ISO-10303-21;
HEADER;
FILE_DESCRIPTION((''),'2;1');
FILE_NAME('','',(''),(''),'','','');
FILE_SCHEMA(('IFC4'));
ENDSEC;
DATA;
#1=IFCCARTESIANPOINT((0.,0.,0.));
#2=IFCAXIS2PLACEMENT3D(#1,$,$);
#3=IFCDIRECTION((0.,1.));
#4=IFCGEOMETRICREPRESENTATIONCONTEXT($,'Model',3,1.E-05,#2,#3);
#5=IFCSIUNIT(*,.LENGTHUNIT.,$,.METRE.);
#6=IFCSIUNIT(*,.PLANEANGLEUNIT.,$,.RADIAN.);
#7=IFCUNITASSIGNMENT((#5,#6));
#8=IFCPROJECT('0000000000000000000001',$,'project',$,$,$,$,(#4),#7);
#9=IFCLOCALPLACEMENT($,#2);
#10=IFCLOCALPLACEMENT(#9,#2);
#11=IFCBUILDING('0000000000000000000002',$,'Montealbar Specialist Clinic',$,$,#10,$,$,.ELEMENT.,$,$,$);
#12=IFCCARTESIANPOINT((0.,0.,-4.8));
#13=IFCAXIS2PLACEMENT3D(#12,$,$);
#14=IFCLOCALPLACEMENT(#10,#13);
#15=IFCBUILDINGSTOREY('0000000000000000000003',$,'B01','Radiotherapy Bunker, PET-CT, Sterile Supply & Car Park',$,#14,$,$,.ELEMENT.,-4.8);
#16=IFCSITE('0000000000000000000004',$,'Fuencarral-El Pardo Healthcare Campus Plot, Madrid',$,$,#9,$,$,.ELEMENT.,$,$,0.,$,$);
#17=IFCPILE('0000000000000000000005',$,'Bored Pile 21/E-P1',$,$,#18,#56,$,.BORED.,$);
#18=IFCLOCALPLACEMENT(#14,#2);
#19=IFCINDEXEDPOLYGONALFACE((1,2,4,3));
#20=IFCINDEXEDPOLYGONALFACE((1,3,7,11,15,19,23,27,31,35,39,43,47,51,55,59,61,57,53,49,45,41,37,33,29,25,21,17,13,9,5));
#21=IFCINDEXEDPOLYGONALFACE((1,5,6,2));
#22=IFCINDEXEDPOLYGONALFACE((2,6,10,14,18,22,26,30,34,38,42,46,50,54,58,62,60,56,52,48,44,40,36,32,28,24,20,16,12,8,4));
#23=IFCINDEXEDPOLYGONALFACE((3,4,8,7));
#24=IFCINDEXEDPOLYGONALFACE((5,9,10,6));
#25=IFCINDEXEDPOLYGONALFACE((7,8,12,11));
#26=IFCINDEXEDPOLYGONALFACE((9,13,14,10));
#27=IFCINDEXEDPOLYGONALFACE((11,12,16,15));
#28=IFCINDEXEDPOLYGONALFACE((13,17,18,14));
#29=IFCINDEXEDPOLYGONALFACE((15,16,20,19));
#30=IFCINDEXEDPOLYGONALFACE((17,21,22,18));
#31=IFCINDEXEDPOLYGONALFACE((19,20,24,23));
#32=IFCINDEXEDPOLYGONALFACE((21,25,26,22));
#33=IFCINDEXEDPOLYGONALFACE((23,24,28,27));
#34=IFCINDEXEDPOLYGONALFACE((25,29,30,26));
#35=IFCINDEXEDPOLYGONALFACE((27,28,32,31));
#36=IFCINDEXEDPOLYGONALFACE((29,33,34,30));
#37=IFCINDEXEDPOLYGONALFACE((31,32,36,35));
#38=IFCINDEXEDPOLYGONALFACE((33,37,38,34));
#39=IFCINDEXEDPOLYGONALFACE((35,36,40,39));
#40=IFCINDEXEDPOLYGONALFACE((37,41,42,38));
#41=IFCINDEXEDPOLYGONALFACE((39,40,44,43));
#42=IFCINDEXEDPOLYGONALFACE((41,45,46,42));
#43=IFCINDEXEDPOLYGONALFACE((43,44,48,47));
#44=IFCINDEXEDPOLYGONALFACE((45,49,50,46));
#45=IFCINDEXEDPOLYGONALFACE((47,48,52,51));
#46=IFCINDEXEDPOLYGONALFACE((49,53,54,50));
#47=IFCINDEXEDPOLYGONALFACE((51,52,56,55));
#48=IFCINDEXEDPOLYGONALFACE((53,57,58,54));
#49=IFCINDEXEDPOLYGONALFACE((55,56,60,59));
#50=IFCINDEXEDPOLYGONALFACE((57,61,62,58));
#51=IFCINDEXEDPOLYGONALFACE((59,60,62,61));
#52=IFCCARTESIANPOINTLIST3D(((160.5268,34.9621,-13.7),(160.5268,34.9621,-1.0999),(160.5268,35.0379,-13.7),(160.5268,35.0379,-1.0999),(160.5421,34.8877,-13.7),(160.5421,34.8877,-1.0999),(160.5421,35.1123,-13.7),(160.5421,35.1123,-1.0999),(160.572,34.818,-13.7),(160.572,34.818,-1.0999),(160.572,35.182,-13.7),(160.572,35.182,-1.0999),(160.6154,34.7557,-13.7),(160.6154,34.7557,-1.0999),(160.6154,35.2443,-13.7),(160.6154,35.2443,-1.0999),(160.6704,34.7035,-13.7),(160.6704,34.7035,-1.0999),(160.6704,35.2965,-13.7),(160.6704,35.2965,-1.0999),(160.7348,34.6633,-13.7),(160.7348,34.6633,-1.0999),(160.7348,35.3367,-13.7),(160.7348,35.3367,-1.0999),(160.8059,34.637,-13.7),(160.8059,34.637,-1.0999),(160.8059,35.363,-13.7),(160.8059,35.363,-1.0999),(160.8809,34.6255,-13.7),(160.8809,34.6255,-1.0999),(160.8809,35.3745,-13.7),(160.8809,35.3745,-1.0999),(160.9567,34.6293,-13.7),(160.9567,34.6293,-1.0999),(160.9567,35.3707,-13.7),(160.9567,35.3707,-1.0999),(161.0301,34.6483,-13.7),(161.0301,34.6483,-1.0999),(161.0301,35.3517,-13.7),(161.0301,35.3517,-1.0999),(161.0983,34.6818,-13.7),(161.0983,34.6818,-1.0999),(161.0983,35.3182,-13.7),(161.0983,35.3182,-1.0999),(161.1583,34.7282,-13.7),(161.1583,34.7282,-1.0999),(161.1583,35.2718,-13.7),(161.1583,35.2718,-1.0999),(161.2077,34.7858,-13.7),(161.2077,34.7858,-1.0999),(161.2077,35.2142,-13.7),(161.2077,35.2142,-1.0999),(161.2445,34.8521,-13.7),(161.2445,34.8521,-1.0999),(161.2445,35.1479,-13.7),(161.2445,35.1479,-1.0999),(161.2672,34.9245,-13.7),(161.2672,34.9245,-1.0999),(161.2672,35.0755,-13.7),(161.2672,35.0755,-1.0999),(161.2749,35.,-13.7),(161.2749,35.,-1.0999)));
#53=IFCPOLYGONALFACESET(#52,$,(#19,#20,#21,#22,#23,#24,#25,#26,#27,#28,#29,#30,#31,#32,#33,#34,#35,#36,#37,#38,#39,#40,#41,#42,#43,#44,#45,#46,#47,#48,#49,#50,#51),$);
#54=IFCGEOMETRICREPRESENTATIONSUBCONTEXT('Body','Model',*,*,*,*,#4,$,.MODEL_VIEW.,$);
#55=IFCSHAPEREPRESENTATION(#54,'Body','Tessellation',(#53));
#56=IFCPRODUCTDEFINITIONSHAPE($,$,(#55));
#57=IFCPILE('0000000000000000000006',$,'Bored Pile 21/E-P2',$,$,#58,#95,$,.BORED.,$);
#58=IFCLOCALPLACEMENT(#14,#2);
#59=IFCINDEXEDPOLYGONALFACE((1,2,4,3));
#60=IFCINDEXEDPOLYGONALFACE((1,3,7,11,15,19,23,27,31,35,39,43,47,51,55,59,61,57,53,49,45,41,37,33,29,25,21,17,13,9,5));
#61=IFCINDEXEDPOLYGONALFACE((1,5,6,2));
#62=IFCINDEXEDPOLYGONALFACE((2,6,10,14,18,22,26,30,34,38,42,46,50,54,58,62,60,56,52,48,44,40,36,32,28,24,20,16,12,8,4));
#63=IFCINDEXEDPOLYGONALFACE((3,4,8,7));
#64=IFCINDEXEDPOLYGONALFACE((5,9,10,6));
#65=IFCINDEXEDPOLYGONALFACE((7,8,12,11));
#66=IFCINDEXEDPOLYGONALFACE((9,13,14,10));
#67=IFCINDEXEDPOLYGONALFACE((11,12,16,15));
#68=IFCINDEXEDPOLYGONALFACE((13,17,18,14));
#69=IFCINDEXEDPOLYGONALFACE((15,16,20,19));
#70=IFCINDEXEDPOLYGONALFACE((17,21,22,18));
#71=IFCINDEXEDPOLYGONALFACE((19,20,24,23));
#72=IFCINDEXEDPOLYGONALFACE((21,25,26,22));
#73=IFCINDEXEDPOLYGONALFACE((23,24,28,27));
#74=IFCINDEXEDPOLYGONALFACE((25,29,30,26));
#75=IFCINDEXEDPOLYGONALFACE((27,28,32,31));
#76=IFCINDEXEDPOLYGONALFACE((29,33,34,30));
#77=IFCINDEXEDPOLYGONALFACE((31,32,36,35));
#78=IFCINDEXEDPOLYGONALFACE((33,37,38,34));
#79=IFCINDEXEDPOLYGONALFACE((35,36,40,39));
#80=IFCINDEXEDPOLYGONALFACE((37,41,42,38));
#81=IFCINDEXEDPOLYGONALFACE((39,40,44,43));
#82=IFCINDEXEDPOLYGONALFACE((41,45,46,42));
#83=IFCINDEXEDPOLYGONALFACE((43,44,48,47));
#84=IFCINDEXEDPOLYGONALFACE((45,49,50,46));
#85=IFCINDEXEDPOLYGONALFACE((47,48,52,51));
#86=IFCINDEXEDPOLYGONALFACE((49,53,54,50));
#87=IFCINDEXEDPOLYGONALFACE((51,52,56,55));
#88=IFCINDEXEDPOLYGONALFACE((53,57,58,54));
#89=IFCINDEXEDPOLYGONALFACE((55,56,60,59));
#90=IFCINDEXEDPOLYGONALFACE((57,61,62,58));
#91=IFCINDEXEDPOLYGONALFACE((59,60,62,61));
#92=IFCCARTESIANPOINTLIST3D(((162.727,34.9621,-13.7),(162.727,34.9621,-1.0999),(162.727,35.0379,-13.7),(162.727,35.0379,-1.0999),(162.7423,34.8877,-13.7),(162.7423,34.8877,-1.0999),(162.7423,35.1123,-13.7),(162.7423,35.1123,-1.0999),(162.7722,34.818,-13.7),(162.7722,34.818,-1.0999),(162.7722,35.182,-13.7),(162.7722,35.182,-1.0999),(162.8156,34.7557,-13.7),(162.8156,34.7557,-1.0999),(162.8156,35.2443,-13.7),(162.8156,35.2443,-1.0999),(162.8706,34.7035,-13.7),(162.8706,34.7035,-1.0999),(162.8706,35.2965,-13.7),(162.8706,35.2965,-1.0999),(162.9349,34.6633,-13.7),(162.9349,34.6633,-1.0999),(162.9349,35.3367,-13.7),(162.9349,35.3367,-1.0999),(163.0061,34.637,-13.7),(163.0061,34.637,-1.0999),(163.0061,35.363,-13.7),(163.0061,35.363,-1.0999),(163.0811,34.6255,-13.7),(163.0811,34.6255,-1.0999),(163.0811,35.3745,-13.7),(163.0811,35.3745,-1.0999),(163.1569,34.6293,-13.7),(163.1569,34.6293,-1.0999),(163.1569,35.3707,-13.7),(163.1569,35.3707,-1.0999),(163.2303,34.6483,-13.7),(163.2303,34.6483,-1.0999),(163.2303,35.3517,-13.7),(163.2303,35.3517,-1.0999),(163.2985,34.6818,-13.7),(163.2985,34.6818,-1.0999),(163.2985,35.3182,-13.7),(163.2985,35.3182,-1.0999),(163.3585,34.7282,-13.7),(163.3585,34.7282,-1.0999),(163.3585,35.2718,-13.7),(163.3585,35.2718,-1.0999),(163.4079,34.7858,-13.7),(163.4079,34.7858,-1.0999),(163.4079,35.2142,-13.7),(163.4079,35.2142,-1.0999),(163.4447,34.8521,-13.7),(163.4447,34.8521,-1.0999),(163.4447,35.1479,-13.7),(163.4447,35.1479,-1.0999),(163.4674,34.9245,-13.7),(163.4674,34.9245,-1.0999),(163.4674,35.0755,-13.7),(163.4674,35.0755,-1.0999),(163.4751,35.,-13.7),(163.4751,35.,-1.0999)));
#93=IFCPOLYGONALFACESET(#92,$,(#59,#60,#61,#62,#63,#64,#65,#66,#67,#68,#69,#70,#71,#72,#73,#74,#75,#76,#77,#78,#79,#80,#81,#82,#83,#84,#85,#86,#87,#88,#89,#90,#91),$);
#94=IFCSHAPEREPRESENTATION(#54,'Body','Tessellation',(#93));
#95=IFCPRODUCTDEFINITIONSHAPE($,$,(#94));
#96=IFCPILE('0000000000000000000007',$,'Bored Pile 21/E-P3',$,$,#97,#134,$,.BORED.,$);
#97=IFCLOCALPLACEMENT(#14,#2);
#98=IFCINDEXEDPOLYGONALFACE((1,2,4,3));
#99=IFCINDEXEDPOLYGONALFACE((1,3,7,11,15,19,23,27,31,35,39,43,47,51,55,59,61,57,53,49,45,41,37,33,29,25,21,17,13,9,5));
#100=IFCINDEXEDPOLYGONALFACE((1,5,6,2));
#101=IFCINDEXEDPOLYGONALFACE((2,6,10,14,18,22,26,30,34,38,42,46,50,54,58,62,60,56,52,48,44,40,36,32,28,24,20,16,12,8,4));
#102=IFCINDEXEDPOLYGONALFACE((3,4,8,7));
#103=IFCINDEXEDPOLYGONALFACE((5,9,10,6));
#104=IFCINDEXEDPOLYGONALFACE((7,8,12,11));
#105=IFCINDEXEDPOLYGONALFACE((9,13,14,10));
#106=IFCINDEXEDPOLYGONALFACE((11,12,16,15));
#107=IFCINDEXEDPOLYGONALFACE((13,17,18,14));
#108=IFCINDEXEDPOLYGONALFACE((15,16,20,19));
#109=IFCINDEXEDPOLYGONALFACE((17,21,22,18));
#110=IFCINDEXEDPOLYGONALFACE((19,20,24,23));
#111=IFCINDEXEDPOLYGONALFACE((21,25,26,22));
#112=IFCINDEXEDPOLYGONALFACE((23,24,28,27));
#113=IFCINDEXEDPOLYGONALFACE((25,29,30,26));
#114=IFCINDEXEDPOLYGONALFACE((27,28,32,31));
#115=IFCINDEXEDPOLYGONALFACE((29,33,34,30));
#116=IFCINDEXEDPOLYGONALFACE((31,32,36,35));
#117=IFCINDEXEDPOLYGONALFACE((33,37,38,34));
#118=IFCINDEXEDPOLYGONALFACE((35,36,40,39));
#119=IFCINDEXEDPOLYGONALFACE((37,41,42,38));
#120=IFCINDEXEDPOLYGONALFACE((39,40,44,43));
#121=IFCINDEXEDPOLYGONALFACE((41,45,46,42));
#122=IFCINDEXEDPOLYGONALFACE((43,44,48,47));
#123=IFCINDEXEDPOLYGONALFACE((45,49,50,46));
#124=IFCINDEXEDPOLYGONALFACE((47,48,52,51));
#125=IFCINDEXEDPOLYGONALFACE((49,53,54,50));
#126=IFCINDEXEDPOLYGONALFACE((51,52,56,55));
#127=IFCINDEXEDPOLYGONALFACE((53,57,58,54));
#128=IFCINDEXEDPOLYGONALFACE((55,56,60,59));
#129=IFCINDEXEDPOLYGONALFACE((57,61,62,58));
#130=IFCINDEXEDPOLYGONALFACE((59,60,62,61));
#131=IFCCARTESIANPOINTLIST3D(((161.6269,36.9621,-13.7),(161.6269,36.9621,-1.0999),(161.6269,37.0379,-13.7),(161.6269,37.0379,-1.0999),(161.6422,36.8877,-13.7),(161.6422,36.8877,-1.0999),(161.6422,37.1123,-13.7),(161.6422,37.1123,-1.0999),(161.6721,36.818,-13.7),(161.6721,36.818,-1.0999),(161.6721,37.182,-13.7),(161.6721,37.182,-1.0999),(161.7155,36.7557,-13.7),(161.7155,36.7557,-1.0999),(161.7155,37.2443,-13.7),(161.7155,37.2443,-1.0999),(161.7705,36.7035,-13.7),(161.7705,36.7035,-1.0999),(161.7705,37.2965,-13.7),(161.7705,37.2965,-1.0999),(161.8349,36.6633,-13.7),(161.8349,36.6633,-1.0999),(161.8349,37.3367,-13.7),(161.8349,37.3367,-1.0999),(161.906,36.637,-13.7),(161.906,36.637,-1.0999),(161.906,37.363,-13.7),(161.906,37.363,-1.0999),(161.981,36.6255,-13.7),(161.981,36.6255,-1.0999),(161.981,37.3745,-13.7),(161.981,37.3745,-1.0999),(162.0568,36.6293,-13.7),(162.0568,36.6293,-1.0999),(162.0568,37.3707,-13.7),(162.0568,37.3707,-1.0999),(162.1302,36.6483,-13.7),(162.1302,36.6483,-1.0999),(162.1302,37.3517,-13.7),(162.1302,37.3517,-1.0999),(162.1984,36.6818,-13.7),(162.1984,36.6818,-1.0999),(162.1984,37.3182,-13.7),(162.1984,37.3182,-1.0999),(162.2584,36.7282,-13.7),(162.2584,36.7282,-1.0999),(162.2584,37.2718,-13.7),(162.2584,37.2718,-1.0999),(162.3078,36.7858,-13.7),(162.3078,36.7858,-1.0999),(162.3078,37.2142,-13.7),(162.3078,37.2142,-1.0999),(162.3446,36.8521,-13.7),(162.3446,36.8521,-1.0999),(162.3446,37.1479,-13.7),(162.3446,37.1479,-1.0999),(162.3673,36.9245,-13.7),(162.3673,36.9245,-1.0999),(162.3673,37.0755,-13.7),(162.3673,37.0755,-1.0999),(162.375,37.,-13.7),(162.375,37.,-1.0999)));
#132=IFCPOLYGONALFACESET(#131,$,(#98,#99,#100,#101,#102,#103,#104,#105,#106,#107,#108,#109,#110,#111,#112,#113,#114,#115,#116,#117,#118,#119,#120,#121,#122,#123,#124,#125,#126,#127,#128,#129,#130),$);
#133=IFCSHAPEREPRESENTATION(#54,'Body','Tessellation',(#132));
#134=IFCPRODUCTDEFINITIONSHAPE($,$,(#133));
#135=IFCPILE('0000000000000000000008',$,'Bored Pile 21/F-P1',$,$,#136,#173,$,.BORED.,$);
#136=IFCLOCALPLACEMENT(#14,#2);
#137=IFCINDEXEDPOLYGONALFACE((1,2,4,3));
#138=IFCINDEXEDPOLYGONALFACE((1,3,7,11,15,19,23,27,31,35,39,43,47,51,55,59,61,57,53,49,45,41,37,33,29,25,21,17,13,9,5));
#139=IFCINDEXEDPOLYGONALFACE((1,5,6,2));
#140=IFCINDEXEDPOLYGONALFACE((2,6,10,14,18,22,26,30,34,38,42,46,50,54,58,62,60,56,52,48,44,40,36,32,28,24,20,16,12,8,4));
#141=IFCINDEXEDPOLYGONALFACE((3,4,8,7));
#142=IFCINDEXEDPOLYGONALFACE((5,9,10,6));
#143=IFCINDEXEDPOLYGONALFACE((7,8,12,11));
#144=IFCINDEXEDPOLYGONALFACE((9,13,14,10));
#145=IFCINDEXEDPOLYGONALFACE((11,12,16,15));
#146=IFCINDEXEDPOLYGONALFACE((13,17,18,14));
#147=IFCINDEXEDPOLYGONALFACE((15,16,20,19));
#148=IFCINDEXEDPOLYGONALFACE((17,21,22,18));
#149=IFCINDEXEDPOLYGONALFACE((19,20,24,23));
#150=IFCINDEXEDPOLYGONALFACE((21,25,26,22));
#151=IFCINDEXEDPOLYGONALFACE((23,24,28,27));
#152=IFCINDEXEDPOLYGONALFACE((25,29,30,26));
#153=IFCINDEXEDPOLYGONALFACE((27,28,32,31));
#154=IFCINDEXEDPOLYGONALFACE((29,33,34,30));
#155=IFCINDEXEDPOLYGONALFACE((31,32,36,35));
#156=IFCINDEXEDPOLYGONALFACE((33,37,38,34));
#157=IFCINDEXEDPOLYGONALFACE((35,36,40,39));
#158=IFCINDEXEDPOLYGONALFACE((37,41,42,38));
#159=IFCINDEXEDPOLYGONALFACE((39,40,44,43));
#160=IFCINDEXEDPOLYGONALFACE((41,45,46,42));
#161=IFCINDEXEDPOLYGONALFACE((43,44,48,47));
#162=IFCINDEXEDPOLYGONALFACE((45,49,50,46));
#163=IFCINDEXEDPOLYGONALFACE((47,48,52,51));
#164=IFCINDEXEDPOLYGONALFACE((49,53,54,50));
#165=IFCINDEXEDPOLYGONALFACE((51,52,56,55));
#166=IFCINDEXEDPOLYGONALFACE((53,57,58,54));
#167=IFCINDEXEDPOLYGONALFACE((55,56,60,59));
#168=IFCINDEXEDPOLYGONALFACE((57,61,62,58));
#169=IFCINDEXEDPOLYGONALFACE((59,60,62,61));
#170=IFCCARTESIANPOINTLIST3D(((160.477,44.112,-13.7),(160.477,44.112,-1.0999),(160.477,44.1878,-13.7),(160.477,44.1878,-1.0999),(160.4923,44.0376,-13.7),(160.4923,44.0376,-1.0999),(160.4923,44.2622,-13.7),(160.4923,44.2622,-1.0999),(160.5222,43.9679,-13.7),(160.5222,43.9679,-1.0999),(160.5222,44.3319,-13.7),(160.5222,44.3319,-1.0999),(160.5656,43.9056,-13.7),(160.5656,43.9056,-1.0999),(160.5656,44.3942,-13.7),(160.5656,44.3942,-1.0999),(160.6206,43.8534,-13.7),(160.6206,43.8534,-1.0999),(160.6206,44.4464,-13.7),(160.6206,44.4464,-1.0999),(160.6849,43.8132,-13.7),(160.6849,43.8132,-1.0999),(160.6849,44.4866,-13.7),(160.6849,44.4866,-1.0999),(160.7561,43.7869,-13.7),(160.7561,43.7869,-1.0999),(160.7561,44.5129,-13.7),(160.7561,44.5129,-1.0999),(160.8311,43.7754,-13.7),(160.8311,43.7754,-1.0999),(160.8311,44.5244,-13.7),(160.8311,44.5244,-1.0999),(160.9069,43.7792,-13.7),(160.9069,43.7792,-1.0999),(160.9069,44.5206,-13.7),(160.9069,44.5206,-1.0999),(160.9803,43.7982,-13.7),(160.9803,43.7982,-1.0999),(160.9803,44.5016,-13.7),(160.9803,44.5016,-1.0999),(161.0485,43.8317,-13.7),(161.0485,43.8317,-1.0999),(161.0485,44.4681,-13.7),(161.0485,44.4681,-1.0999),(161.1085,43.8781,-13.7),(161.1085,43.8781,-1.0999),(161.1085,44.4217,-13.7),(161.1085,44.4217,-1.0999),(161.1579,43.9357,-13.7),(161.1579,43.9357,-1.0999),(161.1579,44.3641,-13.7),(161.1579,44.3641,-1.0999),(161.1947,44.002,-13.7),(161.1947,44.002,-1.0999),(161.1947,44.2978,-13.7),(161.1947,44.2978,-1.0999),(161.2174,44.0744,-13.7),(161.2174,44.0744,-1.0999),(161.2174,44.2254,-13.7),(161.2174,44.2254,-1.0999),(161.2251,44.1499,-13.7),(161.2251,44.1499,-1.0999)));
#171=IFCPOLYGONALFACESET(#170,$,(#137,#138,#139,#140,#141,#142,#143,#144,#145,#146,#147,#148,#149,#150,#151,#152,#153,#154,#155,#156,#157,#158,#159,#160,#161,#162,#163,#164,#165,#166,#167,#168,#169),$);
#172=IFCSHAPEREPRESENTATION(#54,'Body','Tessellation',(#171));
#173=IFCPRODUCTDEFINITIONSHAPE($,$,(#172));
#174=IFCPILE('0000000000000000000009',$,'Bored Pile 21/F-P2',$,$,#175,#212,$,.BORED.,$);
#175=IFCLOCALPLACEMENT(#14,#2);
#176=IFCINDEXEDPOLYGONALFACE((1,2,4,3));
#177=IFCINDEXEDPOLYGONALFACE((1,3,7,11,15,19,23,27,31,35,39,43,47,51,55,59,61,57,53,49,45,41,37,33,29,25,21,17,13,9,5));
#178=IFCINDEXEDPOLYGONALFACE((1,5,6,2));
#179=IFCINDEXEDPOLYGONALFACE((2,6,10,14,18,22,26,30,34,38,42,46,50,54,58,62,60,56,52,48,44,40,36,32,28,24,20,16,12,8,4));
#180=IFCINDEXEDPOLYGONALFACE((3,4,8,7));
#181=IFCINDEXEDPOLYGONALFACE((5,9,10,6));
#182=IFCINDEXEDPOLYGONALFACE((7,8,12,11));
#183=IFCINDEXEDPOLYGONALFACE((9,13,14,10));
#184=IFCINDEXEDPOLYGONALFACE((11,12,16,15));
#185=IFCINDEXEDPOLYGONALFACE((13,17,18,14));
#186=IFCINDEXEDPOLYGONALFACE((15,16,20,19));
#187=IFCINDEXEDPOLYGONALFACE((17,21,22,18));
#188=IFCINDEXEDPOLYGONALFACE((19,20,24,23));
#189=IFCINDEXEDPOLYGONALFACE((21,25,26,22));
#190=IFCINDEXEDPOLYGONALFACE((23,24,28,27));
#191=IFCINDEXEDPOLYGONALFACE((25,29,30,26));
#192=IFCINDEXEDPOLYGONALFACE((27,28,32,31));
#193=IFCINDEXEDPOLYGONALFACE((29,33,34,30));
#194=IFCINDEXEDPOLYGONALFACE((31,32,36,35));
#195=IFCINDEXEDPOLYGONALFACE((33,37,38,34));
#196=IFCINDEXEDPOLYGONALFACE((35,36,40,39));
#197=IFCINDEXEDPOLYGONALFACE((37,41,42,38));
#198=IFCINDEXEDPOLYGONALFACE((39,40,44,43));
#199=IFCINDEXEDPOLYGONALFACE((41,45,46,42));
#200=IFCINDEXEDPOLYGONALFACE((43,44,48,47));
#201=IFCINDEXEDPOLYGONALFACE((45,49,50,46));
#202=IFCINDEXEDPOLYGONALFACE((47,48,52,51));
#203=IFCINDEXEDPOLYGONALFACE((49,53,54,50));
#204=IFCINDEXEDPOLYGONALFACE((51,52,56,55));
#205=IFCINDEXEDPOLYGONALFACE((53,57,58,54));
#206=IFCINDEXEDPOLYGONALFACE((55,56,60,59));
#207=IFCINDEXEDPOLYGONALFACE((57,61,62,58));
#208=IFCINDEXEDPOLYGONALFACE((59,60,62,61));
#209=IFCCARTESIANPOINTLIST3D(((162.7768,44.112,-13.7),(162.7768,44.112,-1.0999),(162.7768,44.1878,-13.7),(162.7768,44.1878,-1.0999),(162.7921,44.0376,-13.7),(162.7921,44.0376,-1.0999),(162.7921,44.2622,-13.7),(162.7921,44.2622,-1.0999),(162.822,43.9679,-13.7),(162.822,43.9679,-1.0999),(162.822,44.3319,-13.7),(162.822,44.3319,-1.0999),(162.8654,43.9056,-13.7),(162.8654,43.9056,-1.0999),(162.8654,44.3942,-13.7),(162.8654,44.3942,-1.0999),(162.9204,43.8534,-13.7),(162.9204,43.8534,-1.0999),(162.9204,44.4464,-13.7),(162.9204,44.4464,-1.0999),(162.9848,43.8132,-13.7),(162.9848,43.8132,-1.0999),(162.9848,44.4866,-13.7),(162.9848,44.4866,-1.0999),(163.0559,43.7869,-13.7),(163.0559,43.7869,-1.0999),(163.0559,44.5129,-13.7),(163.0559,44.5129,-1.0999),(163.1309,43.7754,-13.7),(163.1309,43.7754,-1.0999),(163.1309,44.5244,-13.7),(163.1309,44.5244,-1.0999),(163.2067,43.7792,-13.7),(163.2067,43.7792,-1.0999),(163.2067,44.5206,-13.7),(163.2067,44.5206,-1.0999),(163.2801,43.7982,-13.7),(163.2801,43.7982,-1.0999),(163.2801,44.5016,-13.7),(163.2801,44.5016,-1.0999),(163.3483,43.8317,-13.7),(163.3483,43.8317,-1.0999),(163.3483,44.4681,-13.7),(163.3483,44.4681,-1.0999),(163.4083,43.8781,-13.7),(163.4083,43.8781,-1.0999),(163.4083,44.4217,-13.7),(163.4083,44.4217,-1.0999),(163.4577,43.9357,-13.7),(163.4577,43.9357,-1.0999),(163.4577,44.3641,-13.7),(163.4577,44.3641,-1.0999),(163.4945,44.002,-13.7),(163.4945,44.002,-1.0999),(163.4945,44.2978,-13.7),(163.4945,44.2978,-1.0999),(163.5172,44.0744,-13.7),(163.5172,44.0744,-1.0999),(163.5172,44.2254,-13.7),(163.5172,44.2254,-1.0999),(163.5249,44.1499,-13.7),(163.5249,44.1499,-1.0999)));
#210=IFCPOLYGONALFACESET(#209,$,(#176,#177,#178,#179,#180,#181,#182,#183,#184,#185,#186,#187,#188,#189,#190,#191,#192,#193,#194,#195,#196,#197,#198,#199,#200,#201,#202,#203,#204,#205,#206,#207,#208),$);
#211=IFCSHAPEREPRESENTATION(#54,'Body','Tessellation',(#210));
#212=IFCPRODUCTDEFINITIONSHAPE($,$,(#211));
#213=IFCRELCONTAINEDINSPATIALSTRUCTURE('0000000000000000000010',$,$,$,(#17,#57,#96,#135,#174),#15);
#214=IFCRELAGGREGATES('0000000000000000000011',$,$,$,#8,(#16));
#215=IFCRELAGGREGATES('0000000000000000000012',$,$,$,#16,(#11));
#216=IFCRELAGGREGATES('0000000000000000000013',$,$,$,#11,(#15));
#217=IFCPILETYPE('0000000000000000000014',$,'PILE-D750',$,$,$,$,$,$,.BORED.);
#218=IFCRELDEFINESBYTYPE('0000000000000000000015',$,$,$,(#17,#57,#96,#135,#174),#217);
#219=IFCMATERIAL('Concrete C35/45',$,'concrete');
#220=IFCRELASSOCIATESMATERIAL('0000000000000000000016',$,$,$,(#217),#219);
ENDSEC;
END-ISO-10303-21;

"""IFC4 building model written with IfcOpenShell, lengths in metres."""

from ifc_helpers import new_model, si_unit, direction, frame, origin, origin_2d, place, context, subcontext, project, spatial, circle, extrude, material, material_profile, profile_set, type_object, element, save


model = new_model("IFC4")

# Units and contexts
model_context = context("Model", 3, precision=1e-05, world=origin(), true_north=direction((0.0, 1.0)))
body_context = subcontext(model_context, "Body", "Model", "MODEL_VIEW")
ifc_project = project(units=[si_unit("LENGTHUNIT", "METRE"), si_unit("PLANEANGLEUNIT", "RADIAN")], contexts=[model_context])

# Site, building, storey
site_placement = place(None, origin())
site = spatial("IfcSite", under=ifc_project, at=site_placement, Name="Fuencarral-El Pardo Healthcare Campus Plot, Madrid", CompositionType="ELEMENT", RefElevation=0.0)
building_placement = place(site_placement, origin())
building = spatial("IfcBuilding", under=site, at=building_placement, Name="Montealbar Specialist Clinic", CompositionType="ELEMENT")
storey_placement = place(building_placement, frame((0.0, 0.0, -4.8)))
storey = spatial("IfcBuildingStorey", under=building, at=storey_placement, Name="B01", Description="Radiotherapy Bunker, PET-CT, Sterile Supply & Car Park", CompositionType="ELEMENT", Elevation=-4.8)

# Shared definitions
ifc_material_1 = material(Name="Concrete C35/45", Category="concrete")

# Piles
ifc_material_profile_1 = material_profile(ifc_material_1, circle(Radius=0.375, at=origin_2d()), Name="PILE D750", Category="concrete")
ifc_profile_set_1 = profile_set([ifc_material_profile_1], Name="Concrete C35/45")
pile_type = type_object("IfcPileType", Name="PILE-D750", PredefinedType="BORED", material=ifc_profile_set_1)
for number, where, z_axis, x_axis, name in (
    (1, (160.8999, 35.0, -1.0999), (0.0, 0.0, -1.0), (1.0, 0.0, 0.0), "Bored Pile 21/E-P1"),
    (2, (163.1001, 35.0, -1.0999), (0.0, 0.0, -1.0), (1.0, 0.0, 0.0), "Bored Pile 21/E-P2"),
    (3, (162.0, 37.0, -1.0999), (0.0, 0.0, -1.0), (1.0, 0.0, 0.0), "Bored Pile 21/E-P3"),
    (4, (160.8501, 44.1499, -1.0999), (0.0, 0.0, -1.0), (1.0, 0.0, 0.0), "Bored Pile 21/F-P1"),
    (5, (163.1499, 44.1499, -1.0999), (0.0, 0.0, -1.0), (1.0, 0.0, 0.0), "Bored Pile 21/F-P2"),
):
    element("IfcPile", number, at=place(storey_placement, frame(where, z_axis=z_axis, x_axis=x_axis)), inside=storey, type_object=pile_type, Name=name, PredefinedType="BORED", context=body_context, shape_type="SweptSolid", body=[
        extrude(circle(Radius=0.375, at=origin_2d()), origin(), (0.0, 0.0, 1.0), 12.6001),
    ])

save(model, "model.ifc")
